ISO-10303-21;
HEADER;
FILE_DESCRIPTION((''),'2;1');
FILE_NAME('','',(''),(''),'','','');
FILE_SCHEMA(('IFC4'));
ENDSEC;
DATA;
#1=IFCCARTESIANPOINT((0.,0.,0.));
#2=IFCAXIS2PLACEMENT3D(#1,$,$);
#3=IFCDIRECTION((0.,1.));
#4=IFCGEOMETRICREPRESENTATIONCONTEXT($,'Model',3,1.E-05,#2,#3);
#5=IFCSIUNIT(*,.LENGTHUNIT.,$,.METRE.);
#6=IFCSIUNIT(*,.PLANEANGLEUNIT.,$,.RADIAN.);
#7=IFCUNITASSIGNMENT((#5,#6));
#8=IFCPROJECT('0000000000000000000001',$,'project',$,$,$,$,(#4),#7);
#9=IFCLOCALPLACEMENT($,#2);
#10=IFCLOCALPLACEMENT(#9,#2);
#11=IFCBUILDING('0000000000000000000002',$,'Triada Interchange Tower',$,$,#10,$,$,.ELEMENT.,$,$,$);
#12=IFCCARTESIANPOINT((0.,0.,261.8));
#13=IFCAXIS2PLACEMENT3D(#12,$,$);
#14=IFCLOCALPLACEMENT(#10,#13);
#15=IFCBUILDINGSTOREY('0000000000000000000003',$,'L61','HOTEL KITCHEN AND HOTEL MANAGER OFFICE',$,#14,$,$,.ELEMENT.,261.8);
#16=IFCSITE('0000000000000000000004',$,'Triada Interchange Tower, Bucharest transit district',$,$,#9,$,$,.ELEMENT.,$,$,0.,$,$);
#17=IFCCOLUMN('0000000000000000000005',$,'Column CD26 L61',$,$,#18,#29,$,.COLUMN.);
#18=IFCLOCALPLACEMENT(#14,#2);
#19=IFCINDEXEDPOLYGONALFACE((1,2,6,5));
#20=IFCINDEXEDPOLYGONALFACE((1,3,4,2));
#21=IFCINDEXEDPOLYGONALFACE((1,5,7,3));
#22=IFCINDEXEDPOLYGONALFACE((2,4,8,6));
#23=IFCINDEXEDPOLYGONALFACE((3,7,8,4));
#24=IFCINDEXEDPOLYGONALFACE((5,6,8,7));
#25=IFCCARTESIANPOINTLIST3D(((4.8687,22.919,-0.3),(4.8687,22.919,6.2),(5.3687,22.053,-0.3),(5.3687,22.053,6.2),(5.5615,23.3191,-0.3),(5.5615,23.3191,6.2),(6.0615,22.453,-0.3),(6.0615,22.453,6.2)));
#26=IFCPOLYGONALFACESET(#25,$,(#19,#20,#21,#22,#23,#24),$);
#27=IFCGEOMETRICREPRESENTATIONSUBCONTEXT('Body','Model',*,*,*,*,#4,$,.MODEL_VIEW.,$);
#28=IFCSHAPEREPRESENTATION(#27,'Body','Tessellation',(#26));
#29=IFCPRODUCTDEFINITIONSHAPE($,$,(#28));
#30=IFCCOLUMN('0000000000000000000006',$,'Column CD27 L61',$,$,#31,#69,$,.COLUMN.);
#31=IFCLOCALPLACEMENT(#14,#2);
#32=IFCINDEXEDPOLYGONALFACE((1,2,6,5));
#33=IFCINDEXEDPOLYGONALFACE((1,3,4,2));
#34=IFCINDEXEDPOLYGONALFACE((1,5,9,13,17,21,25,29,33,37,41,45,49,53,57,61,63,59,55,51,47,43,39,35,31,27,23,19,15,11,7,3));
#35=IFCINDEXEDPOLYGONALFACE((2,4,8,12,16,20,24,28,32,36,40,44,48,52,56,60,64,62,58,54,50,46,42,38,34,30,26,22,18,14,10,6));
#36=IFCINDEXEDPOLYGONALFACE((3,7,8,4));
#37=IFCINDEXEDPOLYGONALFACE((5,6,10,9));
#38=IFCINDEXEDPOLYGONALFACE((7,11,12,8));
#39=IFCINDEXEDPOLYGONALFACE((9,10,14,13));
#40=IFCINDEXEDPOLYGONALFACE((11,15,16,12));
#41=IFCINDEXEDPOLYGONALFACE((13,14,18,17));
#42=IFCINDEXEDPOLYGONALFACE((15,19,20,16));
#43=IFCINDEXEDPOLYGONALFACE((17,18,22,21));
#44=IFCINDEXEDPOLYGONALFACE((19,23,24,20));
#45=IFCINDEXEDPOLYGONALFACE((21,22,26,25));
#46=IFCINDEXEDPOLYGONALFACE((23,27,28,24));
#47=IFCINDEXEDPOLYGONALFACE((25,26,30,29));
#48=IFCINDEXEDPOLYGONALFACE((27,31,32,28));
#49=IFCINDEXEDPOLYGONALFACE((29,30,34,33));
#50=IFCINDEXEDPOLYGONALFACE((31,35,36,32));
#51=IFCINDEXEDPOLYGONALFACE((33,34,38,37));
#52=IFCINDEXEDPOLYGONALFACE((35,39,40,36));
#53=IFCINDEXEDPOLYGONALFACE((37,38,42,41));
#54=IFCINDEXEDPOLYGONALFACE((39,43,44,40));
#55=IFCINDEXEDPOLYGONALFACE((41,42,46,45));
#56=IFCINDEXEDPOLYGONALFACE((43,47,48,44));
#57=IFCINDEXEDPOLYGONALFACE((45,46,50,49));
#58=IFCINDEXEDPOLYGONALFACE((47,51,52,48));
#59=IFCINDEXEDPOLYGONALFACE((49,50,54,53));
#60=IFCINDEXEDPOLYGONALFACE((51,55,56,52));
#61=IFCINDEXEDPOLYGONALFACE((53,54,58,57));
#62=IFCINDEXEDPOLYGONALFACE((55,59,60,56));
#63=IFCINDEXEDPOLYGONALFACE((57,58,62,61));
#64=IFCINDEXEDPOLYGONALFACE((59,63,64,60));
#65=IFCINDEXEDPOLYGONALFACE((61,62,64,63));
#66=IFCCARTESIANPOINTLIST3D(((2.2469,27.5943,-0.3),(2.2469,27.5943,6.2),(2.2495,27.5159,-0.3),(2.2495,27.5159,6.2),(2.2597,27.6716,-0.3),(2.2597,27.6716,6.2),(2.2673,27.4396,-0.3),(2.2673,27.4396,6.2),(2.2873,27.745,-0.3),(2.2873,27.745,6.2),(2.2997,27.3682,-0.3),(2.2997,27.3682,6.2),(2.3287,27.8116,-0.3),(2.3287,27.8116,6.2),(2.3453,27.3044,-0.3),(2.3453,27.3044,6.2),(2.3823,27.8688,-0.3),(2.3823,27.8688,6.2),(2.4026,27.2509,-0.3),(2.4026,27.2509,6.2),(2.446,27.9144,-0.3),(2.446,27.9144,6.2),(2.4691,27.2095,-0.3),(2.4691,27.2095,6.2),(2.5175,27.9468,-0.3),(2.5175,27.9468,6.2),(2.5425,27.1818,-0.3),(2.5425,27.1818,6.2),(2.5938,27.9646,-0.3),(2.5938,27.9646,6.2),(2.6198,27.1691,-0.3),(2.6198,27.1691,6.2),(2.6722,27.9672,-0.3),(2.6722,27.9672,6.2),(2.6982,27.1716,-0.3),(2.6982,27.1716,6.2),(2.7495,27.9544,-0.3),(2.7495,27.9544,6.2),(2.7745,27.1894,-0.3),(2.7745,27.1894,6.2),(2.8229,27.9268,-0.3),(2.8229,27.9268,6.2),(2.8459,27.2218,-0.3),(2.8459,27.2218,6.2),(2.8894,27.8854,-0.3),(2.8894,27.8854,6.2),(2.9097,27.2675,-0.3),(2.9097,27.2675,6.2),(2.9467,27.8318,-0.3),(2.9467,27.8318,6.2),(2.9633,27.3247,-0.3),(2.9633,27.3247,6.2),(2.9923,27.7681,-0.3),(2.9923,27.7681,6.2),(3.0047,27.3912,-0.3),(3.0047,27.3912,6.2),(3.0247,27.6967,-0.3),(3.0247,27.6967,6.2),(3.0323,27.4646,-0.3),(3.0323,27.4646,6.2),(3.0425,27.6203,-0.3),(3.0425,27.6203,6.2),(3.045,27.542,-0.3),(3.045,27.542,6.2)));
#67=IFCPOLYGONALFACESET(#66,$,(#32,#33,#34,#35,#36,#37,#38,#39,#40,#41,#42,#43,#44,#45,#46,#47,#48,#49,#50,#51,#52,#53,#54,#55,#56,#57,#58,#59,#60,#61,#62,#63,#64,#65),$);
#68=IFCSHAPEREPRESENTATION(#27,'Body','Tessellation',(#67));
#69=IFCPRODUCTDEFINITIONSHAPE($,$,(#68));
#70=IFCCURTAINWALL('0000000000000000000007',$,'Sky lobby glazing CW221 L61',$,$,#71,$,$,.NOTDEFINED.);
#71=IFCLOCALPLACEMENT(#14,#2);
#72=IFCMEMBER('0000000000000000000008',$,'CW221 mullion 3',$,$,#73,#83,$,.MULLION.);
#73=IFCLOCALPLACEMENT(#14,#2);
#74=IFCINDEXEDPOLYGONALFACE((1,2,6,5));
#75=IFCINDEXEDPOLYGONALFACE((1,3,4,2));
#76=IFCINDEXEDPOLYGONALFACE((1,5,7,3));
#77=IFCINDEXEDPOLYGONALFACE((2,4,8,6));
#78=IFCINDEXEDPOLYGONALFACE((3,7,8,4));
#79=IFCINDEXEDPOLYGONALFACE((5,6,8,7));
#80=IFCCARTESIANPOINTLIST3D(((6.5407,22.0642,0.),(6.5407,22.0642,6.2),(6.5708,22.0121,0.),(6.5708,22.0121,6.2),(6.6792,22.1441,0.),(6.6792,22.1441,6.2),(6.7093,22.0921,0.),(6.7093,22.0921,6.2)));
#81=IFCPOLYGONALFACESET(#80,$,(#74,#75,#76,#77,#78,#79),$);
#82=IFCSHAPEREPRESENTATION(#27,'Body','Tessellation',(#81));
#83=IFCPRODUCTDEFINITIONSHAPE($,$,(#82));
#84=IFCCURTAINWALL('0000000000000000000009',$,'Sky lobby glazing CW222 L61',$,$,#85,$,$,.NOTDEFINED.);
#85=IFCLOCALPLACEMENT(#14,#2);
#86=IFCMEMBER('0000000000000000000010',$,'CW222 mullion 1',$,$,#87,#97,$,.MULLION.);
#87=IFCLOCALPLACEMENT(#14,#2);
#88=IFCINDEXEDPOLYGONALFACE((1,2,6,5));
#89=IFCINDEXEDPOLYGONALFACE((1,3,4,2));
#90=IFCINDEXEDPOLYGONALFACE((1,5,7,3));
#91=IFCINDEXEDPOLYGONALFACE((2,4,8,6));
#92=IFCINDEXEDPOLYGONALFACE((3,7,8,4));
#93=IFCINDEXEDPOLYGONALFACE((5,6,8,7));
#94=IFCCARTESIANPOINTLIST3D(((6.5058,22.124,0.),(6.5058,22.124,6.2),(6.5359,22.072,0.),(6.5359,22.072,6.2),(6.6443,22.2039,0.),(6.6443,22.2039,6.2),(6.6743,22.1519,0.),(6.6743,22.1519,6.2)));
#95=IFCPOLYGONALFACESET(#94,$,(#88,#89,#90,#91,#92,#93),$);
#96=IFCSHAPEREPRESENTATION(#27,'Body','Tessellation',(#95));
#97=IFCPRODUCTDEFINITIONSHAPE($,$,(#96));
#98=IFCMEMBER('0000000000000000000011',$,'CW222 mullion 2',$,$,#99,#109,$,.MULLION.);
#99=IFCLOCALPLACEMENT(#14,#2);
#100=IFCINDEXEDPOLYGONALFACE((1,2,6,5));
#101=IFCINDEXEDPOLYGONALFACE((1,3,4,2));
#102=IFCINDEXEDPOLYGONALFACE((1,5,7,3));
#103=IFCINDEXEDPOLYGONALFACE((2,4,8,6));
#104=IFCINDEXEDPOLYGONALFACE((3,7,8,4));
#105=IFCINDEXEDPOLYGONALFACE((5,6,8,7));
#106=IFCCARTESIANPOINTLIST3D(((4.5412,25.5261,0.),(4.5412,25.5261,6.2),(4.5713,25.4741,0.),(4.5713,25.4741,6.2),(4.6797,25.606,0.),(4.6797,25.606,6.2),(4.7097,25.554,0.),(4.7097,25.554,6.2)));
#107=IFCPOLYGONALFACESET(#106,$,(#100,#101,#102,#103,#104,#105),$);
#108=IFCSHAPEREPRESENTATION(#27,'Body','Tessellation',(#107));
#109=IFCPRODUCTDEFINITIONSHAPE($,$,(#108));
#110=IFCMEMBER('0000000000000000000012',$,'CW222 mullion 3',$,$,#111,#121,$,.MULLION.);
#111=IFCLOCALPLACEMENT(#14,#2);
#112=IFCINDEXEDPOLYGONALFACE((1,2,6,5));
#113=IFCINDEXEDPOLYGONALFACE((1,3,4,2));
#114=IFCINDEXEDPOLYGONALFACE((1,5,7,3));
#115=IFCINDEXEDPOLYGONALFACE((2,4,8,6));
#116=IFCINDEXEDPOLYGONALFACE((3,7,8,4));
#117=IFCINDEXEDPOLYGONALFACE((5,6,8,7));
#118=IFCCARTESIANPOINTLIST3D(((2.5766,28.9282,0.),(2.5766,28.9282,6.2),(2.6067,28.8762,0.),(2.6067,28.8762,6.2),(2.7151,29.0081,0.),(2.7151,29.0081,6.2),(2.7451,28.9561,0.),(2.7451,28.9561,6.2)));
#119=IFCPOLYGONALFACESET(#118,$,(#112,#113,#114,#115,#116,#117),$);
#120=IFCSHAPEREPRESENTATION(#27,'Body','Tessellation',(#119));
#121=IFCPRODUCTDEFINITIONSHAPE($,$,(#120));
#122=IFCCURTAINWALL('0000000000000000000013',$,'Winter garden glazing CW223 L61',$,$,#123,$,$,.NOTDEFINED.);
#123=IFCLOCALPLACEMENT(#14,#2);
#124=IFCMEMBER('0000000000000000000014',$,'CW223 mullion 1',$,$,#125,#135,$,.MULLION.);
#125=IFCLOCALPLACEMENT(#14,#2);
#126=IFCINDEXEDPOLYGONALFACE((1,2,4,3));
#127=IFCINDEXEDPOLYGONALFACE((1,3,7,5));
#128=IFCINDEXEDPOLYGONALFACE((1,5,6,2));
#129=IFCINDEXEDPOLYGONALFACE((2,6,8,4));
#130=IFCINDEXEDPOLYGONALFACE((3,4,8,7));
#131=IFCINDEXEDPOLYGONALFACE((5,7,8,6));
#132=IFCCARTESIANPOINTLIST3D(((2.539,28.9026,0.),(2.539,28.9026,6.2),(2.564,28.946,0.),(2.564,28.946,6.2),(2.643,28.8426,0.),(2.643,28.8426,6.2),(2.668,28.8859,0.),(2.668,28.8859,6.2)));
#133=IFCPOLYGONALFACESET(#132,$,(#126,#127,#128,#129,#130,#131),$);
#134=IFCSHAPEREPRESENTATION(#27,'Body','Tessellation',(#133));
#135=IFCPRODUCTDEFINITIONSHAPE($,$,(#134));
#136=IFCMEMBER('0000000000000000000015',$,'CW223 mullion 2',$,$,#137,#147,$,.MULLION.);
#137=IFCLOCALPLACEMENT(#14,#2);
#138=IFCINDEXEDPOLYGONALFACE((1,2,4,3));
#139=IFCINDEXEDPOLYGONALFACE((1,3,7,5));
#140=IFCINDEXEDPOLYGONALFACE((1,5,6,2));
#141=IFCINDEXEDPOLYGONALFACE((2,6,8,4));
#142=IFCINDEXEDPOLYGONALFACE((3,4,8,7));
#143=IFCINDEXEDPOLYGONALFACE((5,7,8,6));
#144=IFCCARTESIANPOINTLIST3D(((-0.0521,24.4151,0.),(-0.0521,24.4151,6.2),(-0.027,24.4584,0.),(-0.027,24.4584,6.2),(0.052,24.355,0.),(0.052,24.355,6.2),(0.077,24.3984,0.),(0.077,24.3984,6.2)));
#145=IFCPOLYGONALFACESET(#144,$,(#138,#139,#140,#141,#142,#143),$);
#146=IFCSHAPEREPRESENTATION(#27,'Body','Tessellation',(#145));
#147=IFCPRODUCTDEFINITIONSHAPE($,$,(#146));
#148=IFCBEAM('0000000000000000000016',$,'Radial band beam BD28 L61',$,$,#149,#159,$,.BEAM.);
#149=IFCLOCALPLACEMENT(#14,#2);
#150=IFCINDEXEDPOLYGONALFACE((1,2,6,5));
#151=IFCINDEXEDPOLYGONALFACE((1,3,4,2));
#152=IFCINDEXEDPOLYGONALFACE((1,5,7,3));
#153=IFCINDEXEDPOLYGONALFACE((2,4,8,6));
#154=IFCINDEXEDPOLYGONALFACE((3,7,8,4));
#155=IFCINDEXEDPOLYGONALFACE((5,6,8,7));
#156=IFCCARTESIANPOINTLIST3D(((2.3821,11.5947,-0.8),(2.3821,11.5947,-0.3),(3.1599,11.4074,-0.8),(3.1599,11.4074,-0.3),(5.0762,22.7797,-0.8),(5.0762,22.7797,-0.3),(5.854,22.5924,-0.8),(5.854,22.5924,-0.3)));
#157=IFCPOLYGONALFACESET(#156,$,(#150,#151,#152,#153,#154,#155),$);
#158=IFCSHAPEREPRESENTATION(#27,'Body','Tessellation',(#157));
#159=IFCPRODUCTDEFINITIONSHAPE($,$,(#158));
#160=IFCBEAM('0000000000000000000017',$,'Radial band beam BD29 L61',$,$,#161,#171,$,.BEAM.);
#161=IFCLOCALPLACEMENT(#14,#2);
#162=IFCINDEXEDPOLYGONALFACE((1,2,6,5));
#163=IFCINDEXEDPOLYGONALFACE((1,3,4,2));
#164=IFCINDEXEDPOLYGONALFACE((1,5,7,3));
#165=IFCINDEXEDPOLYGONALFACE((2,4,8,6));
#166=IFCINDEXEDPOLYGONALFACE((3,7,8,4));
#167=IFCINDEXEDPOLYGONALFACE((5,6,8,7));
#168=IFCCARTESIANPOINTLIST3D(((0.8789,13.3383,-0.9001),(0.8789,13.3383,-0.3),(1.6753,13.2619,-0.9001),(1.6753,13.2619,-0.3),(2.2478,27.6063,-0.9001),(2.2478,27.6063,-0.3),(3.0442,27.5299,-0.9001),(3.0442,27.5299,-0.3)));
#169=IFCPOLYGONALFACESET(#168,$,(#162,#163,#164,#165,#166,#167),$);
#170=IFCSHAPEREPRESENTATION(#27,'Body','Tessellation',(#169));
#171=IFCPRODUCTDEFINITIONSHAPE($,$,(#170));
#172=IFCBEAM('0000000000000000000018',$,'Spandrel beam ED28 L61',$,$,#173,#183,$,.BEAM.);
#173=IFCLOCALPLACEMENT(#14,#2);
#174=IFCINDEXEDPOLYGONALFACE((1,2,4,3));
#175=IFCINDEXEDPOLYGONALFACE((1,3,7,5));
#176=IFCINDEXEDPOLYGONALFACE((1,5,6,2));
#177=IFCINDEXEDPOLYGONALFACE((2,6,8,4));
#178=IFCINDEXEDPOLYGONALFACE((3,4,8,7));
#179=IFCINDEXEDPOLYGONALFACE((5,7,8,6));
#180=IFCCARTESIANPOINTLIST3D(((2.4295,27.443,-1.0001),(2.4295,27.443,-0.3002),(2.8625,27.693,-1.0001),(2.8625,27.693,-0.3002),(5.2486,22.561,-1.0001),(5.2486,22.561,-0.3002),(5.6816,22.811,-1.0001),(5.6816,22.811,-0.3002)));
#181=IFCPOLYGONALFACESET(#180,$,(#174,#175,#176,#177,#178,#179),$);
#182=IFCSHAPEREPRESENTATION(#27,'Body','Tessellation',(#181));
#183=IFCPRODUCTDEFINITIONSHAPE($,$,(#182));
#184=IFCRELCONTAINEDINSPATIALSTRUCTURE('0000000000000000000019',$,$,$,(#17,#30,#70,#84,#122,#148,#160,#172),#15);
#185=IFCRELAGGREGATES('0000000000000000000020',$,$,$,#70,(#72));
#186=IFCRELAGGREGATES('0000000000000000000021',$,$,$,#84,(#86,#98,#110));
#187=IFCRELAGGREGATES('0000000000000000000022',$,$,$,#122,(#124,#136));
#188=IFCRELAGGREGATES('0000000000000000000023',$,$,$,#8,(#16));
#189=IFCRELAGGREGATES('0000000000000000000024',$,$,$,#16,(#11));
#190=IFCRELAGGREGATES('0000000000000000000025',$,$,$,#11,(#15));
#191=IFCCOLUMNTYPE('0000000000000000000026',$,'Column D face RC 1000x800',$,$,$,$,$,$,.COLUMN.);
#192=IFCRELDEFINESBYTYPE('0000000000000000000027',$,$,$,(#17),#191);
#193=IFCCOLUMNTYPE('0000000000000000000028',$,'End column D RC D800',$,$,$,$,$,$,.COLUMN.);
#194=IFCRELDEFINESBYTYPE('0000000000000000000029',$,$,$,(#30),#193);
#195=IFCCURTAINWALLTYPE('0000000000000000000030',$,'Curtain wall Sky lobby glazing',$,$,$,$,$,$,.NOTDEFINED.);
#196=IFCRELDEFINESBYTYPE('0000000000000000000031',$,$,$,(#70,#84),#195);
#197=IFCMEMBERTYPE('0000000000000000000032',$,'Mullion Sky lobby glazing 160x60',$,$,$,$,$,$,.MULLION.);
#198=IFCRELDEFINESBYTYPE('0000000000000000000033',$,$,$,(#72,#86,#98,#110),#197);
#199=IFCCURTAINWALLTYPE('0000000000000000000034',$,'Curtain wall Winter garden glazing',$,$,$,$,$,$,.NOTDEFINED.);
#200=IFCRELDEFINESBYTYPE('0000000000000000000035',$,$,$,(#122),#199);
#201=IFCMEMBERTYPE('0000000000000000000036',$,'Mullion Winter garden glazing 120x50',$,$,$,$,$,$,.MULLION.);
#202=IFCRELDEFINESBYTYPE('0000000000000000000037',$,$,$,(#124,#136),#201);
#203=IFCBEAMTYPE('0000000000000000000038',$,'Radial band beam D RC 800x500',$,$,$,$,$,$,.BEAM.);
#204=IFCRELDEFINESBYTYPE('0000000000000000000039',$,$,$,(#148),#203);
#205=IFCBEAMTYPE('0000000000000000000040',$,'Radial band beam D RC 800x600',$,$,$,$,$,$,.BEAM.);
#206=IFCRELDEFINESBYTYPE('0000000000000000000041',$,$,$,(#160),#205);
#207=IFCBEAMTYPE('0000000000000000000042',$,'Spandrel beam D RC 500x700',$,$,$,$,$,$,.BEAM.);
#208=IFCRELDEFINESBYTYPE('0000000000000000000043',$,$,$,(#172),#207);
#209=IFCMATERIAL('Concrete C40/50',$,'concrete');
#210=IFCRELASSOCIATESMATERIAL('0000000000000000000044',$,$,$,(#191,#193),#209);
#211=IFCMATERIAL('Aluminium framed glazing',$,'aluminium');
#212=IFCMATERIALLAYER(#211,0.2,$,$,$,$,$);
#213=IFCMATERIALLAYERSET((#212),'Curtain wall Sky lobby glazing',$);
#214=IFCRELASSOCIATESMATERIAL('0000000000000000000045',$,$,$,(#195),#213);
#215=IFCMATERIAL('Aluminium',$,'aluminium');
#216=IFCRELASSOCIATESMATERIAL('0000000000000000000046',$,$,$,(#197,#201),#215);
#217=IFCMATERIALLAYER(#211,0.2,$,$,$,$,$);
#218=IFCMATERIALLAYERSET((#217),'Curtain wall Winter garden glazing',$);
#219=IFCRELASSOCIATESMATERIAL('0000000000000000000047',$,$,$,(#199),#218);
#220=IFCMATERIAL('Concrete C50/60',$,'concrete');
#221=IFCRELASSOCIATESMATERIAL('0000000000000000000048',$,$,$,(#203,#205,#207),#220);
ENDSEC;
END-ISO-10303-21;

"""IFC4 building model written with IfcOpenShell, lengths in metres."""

from ifc_helpers import new_model, si_unit, direction, frame, origin, origin_2d, place, context, subcontext, project, spatial, rectangle, circle, extrude, material, layer, layer_set, material_profile, profile_set, type_object, element, aggregate, save


model = new_model("IFC4")

# Units and contexts
model_context = context("Model", 3, precision=1e-05, world=origin(), true_north=direction((0.0, 1.0)))
body_context = subcontext(model_context, "Body", "Model", "MODEL_VIEW")
ifc_project = project(units=[si_unit("LENGTHUNIT", "METRE"), si_unit("PLANEANGLEUNIT", "RADIAN")], contexts=[model_context])

# Site, building, storey
site_placement = place(None, origin())
site = spatial("IfcSite", under=ifc_project, at=site_placement, Name="Triada Interchange Tower, Bucharest transit district", CompositionType="ELEMENT", RefElevation=0.0)
building_placement = place(site_placement, origin())
building = spatial("IfcBuilding", under=site, at=building_placement, Name="Triada Interchange Tower", CompositionType="ELEMENT")
storey_placement = place(building_placement, frame((0.0, 0.0, 261.8)))
storey = spatial("IfcBuildingStorey", under=building, at=storey_placement, Name="L61", Description="HOTEL KITCHEN AND HOTEL MANAGER OFFICE", CompositionType="ELEMENT", Elevation=261.8)

# Columns
ifc_material_1 = material(Name="Concrete C40/50", Category="concrete")
ifc_material_profile_1 = material_profile(ifc_material_1, rectangle(XDim=1.0, YDim=0.8, at=origin_2d()), Name="RC 1000x800")
ifc_profile_set_1 = profile_set([ifc_material_profile_1], Name="Concrete C40/50")
column_type_1 = type_object("IfcColumnType", Name="Column D face RC 1000x800", PredefinedType="COLUMN", material=ifc_profile_set_1)
column_1_placement = place(storey_placement, frame((5.4651, 22.686, -0.3), z_axis=(0.0, 0.0, 1.0), x_axis=(-0.5, 0.866025, 0.0)))
element("IfcColumn", 1, at=column_1_placement, inside=storey, type_object=column_type_1, Name="Column CD26 L61", PredefinedType="COLUMN", context=body_context, shape_type="SweptSolid", body=[
    extrude(rectangle(XDim=1.0, YDim=0.8, at=origin_2d()), origin(), (0.0, 0.0, 1.0), 6.5),
])
ifc_material_profile_2 = material_profile(ifc_material_1, circle(Radius=0.3999, at=origin_2d()), Name="RC D800")
ifc_profile_set_2 = profile_set([ifc_material_profile_2], Name="Concrete C40/50")
column_type_2 = type_object("IfcColumnType", Name="End column D RC D800", PredefinedType="COLUMN", material=ifc_profile_set_2)
column_2_placement = place(storey_placement, frame((2.646, 27.5681, -0.3), z_axis=(0.0, 0.0, 1.0), x_axis=(-0.5, 0.866025, 0.0)))
element("IfcColumn", 2, at=column_2_placement, inside=storey, type_object=column_type_2, Name="Column CD27 L61", PredefinedType="COLUMN", context=body_context, shape_type="SweptSolid", body=[
    extrude(circle(Radius=0.3999, at=origin_2d()), origin(), (0.0, 0.0, 1.0), 6.5),
])

# Curtain wall, member
ifc_material_2 = material(Name="Aluminium framed glazing", Category="aluminium")
ifc_layer_1 = layer(ifc_material_2, 0.2)
ifc_layer_set_1 = layer_set([ifc_layer_1], Name="Curtain wall Sky lobby glazing")
curtain_wall_type_1 = type_object("IfcCurtainWallType", Name="Curtain wall Sky lobby glazing", PredefinedType="NOTDEFINED", material=ifc_layer_set_1)
curtain_wall_1_placement = place(storey_placement, origin())
curtain_wall_1 = element("IfcCurtainWall", 3, at=curtain_wall_1_placement, inside=storey, type_object=curtain_wall_type_1, Name="Sky lobby glazing CW221 L61", PredefinedType="NOTDEFINED")
ifc_material_3 = material(Name="Aluminium", Category="aluminium")
ifc_material_profile_3 = material_profile(ifc_material_3, rectangle(XDim=0.1599, YDim=0.0601, at=origin_2d()), Name="Aluminium mullion")
ifc_profile_set_3 = profile_set([ifc_material_profile_3], Name="Aluminium")
member_type_1 = type_object("IfcMemberType", Name="Mullion Sky lobby glazing 160x60", PredefinedType="MULLION", material=ifc_profile_set_3)
member_1_placement = place(storey_placement, frame((6.625, 22.0781, 0.0), z_axis=(0.0, 0.0, 1.0), x_axis=(-0.86608, -0.499905, 0.0)))
member_1 = element("IfcMember", 4, at=member_1_placement, type_object=member_type_1, Name="CW221 mullion 3", PredefinedType="MULLION", context=body_context, shape_type="SweptSolid", body=[
    extrude(rectangle(XDim=0.1599, YDim=0.0601, at=origin_2d()), origin(), (0.0, 0.0, 1.0), 6.2),
])

# Curtain walls, members
curtain_wall_2_placement = place(storey_placement, origin())
curtain_wall_2 = element("IfcCurtainWall", 5, at=curtain_wall_2_placement, inside=storey, type_object=curtain_wall_type_1, Name="Sky lobby glazing CW222 L61", PredefinedType="NOTDEFINED")
member_2_placement = place(storey_placement, frame((6.5901, 22.1379, 0.0), z_axis=(0.0, 0.0, 1.0), x_axis=(-0.865988, -0.500065, 0.0)))
member_2 = element("IfcMember", 6, at=member_2_placement, type_object=member_type_1, Name="CW222 mullion 1", PredefinedType="MULLION", context=body_context, shape_type="SweptSolid", body=[
    extrude(rectangle(XDim=0.1599, YDim=0.0601, at=origin_2d()), origin(), (0.0, 0.0, 1.0), 6.2),
])
member_3_placement = place(storey_placement, frame((4.6255, 25.54, 0.0), z_axis=(0.0, 0.0, 1.0), x_axis=(-0.865988, -0.500065, 0.0)))
member_3 = element("IfcMember", 7, at=member_3_placement, type_object=member_type_1, Name="CW222 mullion 2", PredefinedType="MULLION", context=body_context, shape_type="SweptSolid", body=[
    extrude(rectangle(XDim=0.1599, YDim=0.0601, at=origin_2d()), origin(), (0.0, 0.0, 1.0), 6.2),
])
member_4_placement = place(storey_placement, frame((2.6609, 28.9421, 0.0), z_axis=(0.0, 0.0, 1.0), x_axis=(-0.865988, -0.500065, 0.0)))
member_4 = element("IfcMember", 8, at=member_4_placement, type_object=member_type_1, Name="CW222 mullion 3", PredefinedType="MULLION", context=body_context, shape_type="SweptSolid", body=[
    extrude(rectangle(XDim=0.1599, YDim=0.0601, at=origin_2d()), origin(), (0.0, 0.0, 1.0), 6.2),
])
ifc_layer_2 = layer(ifc_material_2, 0.2)
ifc_layer_set_2 = layer_set([ifc_layer_2], Name="Curtain wall Winter garden glazing")
curtain_wall_type_2 = type_object("IfcCurtainWallType", Name="Curtain wall Winter garden glazing", PredefinedType="NOTDEFINED", material=ifc_layer_set_2)
curtain_wall_3_placement = place(storey_placement, origin())
curtain_wall_3 = element("IfcCurtainWall", 9, at=curtain_wall_3_placement, inside=storey, type_object=curtain_wall_type_2, Name="Winter garden glazing CW223 L61", PredefinedType="NOTDEFINED")
ifc_material_profile_4 = material_profile(ifc_material_3, rectangle(XDim=0.1201, YDim=0.05, at=origin_2d()), Name="Aluminium mullion")
ifc_profile_set_4 = profile_set([ifc_material_profile_4], Name="Aluminium")
member_type_2 = type_object("IfcMemberType", Name="Mullion Winter garden glazing 120x50", PredefinedType="MULLION", material=ifc_profile_set_4)
member_5_placement = place(storey_placement, frame((2.6035, 28.8943, 0.0), z_axis=(0.0, 0.0, 1.0), x_axis=(0.866023, -0.500004, 0.0)))
member_5 = element("IfcMember", 10, at=member_5_placement, type_object=member_type_2, Name="CW223 mullion 1", PredefinedType="MULLION", context=body_context, shape_type="SweptSolid", body=[
    extrude(rectangle(XDim=0.1201, YDim=0.05, at=origin_2d()), origin(), (0.0, 0.0, 1.0), 6.2),
])
member_6_placement = place(storey_placement, frame((0.0125, 24.4067, 0.0), z_axis=(0.0, 0.0, 1.0), x_axis=(0.866023, -0.500004, 0.0)))
member_6 = element("IfcMember", 11, at=member_6_placement, type_object=member_type_2, Name="CW223 mullion 2", PredefinedType="MULLION", context=body_context, shape_type="SweptSolid", body=[
    extrude(rectangle(XDim=0.1201, YDim=0.05, at=origin_2d()), origin(), (0.0, 0.0, 1.0), 6.2),
])

# Beams
ifc_material_4 = material(Name="Concrete C50/60", Category="concrete")
ifc_material_profile_5 = material_profile(ifc_material_4, rectangle(XDim=0.8, YDim=0.5, at=origin_2d()), Name="RC 800x500")
ifc_profile_set_5 = profile_set([ifc_material_profile_5], Name="Concrete C50/60")
beam_type_1 = type_object("IfcBeamType", Name="Radial band beam D RC 800x500", PredefinedType="BEAM", material=ifc_profile_set_5)
beam_1_placement = place(storey_placement, frame((5.4651, 22.686, -0.55), z_axis=(-0.234168, -0.972196, 0.0), x_axis=(0.972196, -0.234168, 0.0)))
element("IfcBeam", 12, at=beam_1_placement, inside=storey, type_object=beam_type_1, Name="Radial band beam BD28 L61", PredefinedType="BEAM", context=body_context, shape_type="SweptSolid", body=[
    extrude(rectangle(XDim=0.8, YDim=0.5, at=origin_2d()), origin(), (0.0, 0.0, 1.0), 11.5049),
])
ifc_material_profile_6 = material_profile(ifc_material_4, rectangle(XDim=0.8, YDim=0.6001, at=origin_2d()), Name="RC 800x600")
ifc_profile_set_6 = profile_set([ifc_material_profile_6], Name="Concrete C50/60")
beam_type_2 = type_object("IfcBeamType", Name="Radial band beam D RC 800x600", PredefinedType="BEAM", material=ifc_profile_set_6)
beam_2_placement = place(storey_placement, frame((2.646, 27.5681, -0.6001), z_axis=(-0.095503, -0.995429, 0.0), x_axis=(0.995429, -0.095503, 0.0)))
element("IfcBeam", 13, at=beam_2_placement, inside=storey, type_object=beam_type_2, Name="Radial band beam BD29 L61", PredefinedType="BEAM", context=body_context, shape_type="SweptSolid", body=[
    extrude(rectangle(XDim=0.8, YDim=0.6001, at=origin_2d()), origin(), (0.0, 0.0, 1.0), 14.3335),
])
ifc_material_profile_7 = material_profile(ifc_material_4, rectangle(XDim=0.5, YDim=0.7, at=origin_2d()), Name="RC 500x700")
ifc_profile_set_7 = profile_set([ifc_material_profile_7], Name="Concrete C50/60")
beam_type_3 = type_object("IfcBeamType", Name="Spandrel beam D RC 500x700", PredefinedType="BEAM", material=ifc_profile_set_7)
beam_3_placement = place(storey_placement, frame((5.4651, 22.686, -0.6501), z_axis=(-0.500056, 0.865993, 0.0), x_axis=(-0.865993, -0.500056, 0.0)))
element("IfcBeam", 14, at=beam_3_placement, inside=storey, type_object=beam_type_3, Name="Spandrel beam ED28 L61", PredefinedType="BEAM", context=body_context, shape_type="SweptSolid", body=[
    extrude(rectangle(XDim=0.5, YDim=0.7, at=origin_2d()), origin(), (0.0, 0.0, 1.0), 5.6375),
])

aggregate(curtain_wall_1, [member_1])
aggregate(curtain_wall_2, [member_2, member_3, member_4])
aggregate(curtain_wall_3, [member_5, member_6])

save(model, "model.ifc")
